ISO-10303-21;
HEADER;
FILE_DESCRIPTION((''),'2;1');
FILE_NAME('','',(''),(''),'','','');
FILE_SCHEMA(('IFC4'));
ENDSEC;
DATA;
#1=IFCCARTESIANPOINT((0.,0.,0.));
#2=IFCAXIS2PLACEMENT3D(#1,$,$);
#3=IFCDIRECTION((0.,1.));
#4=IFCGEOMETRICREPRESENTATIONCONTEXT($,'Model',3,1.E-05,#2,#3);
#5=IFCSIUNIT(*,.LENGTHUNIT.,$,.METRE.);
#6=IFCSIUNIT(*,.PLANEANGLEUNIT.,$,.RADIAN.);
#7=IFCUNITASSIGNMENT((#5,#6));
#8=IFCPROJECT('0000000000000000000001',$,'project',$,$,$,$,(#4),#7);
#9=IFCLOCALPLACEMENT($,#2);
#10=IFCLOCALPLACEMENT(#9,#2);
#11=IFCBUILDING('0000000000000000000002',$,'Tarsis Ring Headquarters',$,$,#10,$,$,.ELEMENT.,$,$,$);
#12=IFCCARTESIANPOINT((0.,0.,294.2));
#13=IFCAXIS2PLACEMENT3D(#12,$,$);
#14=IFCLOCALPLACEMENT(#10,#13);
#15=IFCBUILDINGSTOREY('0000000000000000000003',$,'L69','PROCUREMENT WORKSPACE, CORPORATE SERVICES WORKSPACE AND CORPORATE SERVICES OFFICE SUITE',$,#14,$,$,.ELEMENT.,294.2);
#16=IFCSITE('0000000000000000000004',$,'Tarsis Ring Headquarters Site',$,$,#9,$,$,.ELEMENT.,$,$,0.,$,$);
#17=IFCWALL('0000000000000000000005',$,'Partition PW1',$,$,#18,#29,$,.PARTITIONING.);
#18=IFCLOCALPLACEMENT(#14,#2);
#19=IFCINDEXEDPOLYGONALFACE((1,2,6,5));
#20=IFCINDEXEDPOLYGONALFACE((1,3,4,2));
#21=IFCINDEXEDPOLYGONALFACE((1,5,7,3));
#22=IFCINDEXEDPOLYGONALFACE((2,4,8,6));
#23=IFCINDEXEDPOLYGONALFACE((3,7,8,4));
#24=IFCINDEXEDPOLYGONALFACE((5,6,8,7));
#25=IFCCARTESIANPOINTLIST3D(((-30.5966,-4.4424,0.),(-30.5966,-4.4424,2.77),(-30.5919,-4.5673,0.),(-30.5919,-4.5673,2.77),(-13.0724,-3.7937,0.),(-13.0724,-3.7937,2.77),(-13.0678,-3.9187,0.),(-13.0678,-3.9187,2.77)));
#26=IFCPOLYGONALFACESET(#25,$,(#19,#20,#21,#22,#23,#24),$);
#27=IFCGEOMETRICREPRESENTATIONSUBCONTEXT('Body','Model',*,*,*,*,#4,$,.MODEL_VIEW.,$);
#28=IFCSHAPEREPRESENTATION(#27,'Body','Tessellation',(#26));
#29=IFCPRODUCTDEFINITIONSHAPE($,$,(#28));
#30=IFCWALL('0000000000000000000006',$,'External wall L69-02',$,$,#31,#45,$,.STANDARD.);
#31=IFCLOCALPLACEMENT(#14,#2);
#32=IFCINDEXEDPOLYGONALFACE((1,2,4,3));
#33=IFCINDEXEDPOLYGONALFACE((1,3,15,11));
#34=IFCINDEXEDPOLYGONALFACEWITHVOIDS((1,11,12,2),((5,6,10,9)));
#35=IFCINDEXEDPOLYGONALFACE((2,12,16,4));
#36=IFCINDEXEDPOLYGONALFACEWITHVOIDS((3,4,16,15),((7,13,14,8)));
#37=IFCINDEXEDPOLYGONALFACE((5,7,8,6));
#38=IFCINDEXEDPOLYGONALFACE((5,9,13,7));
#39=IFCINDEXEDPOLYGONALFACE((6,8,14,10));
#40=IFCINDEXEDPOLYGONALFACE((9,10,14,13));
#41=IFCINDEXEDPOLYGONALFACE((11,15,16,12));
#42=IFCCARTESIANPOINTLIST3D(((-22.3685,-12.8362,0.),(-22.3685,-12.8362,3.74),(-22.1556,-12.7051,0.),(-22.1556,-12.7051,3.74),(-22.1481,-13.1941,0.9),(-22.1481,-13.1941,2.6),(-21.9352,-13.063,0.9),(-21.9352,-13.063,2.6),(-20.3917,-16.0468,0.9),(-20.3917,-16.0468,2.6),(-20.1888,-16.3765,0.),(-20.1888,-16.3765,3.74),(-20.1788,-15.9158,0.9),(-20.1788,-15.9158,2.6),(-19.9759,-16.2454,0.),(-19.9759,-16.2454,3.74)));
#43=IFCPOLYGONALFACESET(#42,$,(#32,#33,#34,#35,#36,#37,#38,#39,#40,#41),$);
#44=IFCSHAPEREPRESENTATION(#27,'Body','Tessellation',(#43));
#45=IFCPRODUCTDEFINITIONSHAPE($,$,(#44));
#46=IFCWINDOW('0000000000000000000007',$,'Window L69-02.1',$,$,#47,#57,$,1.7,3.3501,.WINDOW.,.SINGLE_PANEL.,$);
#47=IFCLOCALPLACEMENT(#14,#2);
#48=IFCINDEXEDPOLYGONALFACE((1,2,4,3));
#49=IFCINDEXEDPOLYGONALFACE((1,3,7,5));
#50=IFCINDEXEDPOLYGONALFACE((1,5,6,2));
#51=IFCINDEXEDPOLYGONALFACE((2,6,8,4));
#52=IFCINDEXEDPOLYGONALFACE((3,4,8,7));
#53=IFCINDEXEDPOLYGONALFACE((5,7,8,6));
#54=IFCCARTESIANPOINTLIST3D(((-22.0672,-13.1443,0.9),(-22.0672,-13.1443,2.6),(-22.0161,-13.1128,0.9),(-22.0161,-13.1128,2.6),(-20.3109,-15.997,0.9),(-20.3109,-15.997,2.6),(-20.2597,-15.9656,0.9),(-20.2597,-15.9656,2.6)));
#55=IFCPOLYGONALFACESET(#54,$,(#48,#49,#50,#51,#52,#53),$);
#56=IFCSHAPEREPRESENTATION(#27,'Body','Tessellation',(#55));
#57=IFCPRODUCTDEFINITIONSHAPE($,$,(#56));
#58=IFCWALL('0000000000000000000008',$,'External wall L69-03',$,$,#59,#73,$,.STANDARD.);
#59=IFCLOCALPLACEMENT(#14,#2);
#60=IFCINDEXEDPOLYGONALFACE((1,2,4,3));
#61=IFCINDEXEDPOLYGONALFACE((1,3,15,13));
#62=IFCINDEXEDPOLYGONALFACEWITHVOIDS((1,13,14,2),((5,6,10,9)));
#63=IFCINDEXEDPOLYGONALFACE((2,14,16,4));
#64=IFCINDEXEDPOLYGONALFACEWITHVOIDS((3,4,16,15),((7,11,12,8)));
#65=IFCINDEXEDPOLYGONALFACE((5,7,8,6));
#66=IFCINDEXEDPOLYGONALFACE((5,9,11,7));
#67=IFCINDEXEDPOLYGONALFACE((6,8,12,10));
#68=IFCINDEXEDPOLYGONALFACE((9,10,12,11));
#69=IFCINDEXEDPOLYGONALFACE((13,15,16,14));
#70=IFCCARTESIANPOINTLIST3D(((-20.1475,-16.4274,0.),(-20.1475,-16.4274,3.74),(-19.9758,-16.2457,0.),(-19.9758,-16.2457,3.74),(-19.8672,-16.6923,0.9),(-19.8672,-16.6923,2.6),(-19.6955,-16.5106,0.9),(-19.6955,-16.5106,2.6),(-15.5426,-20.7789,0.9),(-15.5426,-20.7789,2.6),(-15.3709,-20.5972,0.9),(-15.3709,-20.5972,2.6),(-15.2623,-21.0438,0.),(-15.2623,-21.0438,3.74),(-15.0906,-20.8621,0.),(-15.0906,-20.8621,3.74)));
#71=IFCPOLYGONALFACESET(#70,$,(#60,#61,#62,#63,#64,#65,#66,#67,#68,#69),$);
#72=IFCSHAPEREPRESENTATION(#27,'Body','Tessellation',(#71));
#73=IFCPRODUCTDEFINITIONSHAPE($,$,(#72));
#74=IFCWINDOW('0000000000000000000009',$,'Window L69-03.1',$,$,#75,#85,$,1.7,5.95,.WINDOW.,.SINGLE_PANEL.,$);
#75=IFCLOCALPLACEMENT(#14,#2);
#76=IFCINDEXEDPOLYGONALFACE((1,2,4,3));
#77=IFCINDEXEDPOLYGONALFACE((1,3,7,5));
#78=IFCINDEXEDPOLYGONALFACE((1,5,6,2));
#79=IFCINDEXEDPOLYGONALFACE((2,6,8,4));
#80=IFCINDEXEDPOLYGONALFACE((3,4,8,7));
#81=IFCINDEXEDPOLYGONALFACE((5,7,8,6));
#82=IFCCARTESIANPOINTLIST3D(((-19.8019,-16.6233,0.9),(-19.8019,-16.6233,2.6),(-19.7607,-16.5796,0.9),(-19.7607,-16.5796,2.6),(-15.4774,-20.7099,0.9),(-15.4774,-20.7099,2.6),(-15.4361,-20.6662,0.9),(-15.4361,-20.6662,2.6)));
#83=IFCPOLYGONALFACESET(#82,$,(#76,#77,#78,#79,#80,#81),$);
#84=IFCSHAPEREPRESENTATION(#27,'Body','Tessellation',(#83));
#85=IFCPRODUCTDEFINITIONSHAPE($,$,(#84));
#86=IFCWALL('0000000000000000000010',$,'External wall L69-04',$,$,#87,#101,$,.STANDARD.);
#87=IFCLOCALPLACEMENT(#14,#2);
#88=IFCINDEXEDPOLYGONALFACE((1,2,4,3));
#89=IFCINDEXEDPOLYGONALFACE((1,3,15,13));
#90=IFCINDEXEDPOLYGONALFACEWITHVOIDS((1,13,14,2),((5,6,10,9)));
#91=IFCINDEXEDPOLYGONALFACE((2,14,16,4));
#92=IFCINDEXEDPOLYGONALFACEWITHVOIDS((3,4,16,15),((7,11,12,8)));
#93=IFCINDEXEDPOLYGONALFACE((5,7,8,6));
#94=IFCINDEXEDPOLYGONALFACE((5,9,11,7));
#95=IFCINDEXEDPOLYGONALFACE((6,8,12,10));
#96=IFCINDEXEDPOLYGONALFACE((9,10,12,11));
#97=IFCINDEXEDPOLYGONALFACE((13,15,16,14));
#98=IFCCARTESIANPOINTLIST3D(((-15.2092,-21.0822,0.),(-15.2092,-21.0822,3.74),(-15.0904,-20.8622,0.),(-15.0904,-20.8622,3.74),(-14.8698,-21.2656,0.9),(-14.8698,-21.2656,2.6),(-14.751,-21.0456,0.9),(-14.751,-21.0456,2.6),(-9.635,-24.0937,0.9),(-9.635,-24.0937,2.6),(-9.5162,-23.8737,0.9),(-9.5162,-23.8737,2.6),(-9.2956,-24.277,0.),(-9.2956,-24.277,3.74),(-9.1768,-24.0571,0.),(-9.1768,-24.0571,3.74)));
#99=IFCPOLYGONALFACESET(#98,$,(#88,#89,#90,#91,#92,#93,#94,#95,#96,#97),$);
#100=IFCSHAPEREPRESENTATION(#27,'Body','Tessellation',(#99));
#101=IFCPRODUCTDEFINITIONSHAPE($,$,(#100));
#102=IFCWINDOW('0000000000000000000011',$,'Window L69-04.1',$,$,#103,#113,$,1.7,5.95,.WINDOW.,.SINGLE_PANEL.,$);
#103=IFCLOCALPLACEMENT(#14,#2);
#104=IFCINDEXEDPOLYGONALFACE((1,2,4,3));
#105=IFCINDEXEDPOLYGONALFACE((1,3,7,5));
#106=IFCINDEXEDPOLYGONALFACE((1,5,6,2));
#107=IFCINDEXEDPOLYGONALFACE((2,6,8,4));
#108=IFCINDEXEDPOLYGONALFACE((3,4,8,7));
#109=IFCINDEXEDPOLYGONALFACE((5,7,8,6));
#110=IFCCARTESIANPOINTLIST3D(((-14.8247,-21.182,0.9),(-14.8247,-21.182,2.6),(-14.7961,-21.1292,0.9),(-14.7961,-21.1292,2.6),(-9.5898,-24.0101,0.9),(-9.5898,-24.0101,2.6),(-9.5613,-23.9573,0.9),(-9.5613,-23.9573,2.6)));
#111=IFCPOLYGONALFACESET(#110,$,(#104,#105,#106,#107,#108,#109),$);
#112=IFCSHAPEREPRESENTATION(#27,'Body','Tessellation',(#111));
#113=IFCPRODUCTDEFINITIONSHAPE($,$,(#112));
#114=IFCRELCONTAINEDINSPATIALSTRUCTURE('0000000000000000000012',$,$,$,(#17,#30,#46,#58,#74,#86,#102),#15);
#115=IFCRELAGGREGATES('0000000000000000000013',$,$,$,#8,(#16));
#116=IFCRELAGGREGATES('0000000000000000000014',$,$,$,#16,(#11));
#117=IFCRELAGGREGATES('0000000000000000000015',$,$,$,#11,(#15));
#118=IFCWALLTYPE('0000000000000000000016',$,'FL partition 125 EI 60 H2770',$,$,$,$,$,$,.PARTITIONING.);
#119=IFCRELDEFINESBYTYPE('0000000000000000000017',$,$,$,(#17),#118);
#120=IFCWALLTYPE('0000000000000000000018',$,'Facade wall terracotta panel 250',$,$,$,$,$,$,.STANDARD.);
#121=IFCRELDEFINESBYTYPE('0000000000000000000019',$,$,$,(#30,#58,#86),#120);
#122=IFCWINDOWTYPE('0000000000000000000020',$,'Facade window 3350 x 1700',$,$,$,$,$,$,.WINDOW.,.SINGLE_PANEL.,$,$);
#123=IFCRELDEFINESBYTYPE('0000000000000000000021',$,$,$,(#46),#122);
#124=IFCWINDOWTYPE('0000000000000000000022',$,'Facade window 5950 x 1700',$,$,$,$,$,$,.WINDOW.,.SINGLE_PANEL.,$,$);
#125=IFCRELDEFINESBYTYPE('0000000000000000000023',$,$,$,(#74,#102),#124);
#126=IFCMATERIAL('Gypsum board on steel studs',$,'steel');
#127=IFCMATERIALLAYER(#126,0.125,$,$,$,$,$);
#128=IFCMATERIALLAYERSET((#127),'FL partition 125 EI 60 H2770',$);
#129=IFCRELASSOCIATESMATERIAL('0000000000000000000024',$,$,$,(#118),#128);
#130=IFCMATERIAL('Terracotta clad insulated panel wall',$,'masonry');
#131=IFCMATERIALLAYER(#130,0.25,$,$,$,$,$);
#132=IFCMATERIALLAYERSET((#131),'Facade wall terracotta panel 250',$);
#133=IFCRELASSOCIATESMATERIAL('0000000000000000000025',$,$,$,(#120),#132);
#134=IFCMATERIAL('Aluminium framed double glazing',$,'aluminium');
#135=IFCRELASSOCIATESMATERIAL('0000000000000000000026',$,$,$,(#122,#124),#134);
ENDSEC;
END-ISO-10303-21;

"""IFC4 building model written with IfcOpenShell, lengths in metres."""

from ifc_helpers import new_model, si_unit, direction, frame, frame_2d, origin, place, context, subcontext, project, spatial, rectangle, extrude, material, layer, layer_set, type_object, element, fill, save


model = new_model("IFC4")

# Units and contexts
model_context = context("Model", 3, precision=1e-05, world=origin(), true_north=direction((0.0, 1.0)))
body_context = subcontext(model_context, "Body", "Model", "MODEL_VIEW")
ifc_project = project(units=[si_unit("LENGTHUNIT", "METRE"), si_unit("PLANEANGLEUNIT", "RADIAN")], contexts=[model_context])

# Site, building, storey
site_placement = place(None, origin())
site = spatial("IfcSite", under=ifc_project, at=site_placement, Name="Tarsis Ring Headquarters Site", CompositionType="ELEMENT", RefElevation=0.0)
building_placement = place(site_placement, origin())
building = spatial("IfcBuilding", under=site, at=building_placement, Name="Tarsis Ring Headquarters", CompositionType="ELEMENT")
storey_placement = place(building_placement, frame((0.0, 0.0, 294.2)))
storey = spatial("IfcBuildingStorey", under=building, at=storey_placement, Name="L69", Description="PROCUREMENT WORKSPACE, CORPORATE SERVICES WORKSPACE AND CORPORATE SERVICES OFFICE SUITE", CompositionType="ELEMENT", Elevation=294.2)

# Wall
ifc_material_1 = material(Name="Gypsum board on steel studs", Category="steel")
ifc_layer_1 = layer(ifc_material_1, 0.125)
ifc_layer_set_1 = layer_set([ifc_layer_1], Name="FL partition 125 EI 60 H2770")
wall_type_1 = type_object("IfcWallType", Name="FL partition 125 EI 60 H2770", PredefinedType="PARTITIONING", material=ifc_layer_set_1)
wall_1_placement = place(storey_placement, frame((-30.5942, -4.5049, 0.0), z_axis=(0.0, 0.0, 1.0), x_axis=(0.999316, 0.036991, 0.0)))
element("IfcWall", 1, at=wall_1_placement, inside=storey, type_object=wall_type_1, Name="Partition PW1", PredefinedType="PARTITIONING", context=body_context, shape_type="SweptSolid", body=[
    extrude(rectangle(XDim=17.5361, YDim=0.125, at=frame_2d((8.7681, 0.0))), origin(), (0.0, 0.0, 1.0), 2.77),
])

# Walls, openings, windows
ifc_material_2 = material(Name="Terracotta clad insulated panel wall", Category="masonry")
ifc_layer_2 = layer(ifc_material_2, 0.25)
ifc_layer_set_2 = layer_set([ifc_layer_2], Name="Facade wall terracotta panel 250")
wall_type_2 = type_object("IfcWallType", Name="Facade wall terracotta panel 250", PredefinedType="STANDARD", material=ifc_layer_set_2)
wall_2_placement = place(storey_placement, frame((-22.262, -12.7708, 0.0), z_axis=(0.0, 0.0, 1.0), x_axis=(0.524281, -0.851545, 0.0)))
wall_2 = element("IfcWall", 2, at=wall_2_placement, inside=storey, type_object=wall_type_2, Name="External wall L69-02", PredefinedType="STANDARD", context=body_context, shape_type="SweptSolid", body=[
    extrude(rectangle(XDim=4.1575, YDim=0.25, at=frame_2d((2.0786, 0.0))), origin(), (0.0, 0.0, 1.0), 3.74),
])
opening_1_placement = place(wall_2_placement, frame((0.4202, 0.0, 0.8999)))
opening_1 = element("IfcOpeningElement", 3, at=opening_1_placement, cuts=wall_2, PredefinedType="OPENING", context=body_context, shape_type="SweptSolid", body=[
    extrude(rectangle(XDim=3.3501, YDim=1.7, at=frame_2d((1.675, 0.8501))), frame((0.0, 0.135, 0.0), z_axis=(0.0, -1.0, 0.0), x_axis=(1.0, 0.0, 0.0)), (0.0, 0.0, 1.0), 0.27),
])
ifc_material_3 = material(Name="Aluminium framed double glazing", Category="aluminium")
window_type_1 = type_object("IfcWindowType", Name="Facade window 3350 x 1700", PartitioningType="SINGLE_PANEL", PredefinedType="WINDOW", material=ifc_material_3)
window_1_placement = place(opening_1_placement, origin())
window_1 = element("IfcWindow", 4, at=window_1_placement, inside=storey, type_object=window_type_1, Name="Window L69-02.1", OverallHeight=1.7, OverallWidth=3.3501, PartitioningType="SINGLE_PANEL", PredefinedType="WINDOW", context=body_context, shape_type="SweptSolid", body=[
    extrude(rectangle(XDim=3.3501, YDim=1.7, at=frame_2d((1.675, 0.8501))), frame((0.0, 0.03, 0.0), z_axis=(0.0, -1.0, 0.0), x_axis=(1.0, 0.0, 0.0)), (0.0, 0.0, 1.0), 0.0601),
])
fill(opening_1, window_1)
wall_3_placement = place(storey_placement, frame((-20.0618, -16.3364, 0.0), z_axis=(0.0, 0.0, 1.0), x_axis=(0.72682, -0.686828, 0.0)))
wall_3 = element("IfcWall", 5, at=wall_3_placement, inside=storey, type_object=wall_type_2, Name="External wall L69-03", PredefinedType="STANDARD", context=body_context, shape_type="SweptSolid", body=[
    extrude(rectangle(XDim=6.7214, YDim=0.25, at=frame_2d((3.3608, 0.0))), origin(), (0.0, 0.0, 1.0), 3.74),
])
opening_2_placement = place(wall_3_placement, frame((0.3857, 0.0, 0.8999)))
opening_2 = element("IfcOpeningElement", 6, at=opening_2_placement, cuts=wall_3, PredefinedType="OPENING", context=body_context, shape_type="SweptSolid", body=[
    extrude(rectangle(XDim=5.95, YDim=1.7, at=frame_2d((2.9751, 0.8501))), frame((0.0, 0.135, 0.0), z_axis=(0.0, -1.0, 0.0), x_axis=(1.0, 0.0, 0.0)), (0.0, 0.0, 1.0), 0.27),
])
window_type_2 = type_object("IfcWindowType", Name="Facade window 5950 x 1700", PartitioningType="SINGLE_PANEL", PredefinedType="WINDOW", material=ifc_material_3)
window_2_placement = place(opening_2_placement, origin())
window_2 = element("IfcWindow", 7, at=window_2_placement, inside=storey, type_object=window_type_2, Name="Window L69-03.1", OverallHeight=1.7, OverallWidth=5.95, PartitioningType="SINGLE_PANEL", PredefinedType="WINDOW", context=body_context, shape_type="SweptSolid", body=[
    extrude(rectangle(XDim=5.95, YDim=1.7, at=frame_2d((2.9751, 0.8501))), frame((0.0, 0.03, 0.0), z_axis=(0.0, -1.0, 0.0), x_axis=(1.0, 0.0, 0.0)), (0.0, 0.0, 1.0), 0.0601),
])
fill(opening_2, window_2)
wall_4_placement = place(storey_placement, frame((-15.1499, -20.9722, 0.0), z_axis=(0.0, 0.0, 1.0), x_axis=(0.879812, -0.475321, 0.0)))
wall_4 = element("IfcWall", 8, at=wall_4_placement, inside=storey, type_object=wall_type_2, Name="External wall L69-04", PredefinedType="STANDARD", context=body_context, shape_type="SweptSolid", body=[
    extrude(rectangle(XDim=6.7214, YDim=0.25, at=frame_2d((3.3608, 0.0))), origin(), (0.0, 0.0, 1.0), 3.74),
])
opening_3_placement = place(wall_4_placement, frame((0.3857, 0.0, 0.8999)))
opening_3 = element("IfcOpeningElement", 9, at=opening_3_placement, cuts=wall_4, PredefinedType="OPENING", context=body_context, shape_type="SweptSolid", body=[
    extrude(rectangle(XDim=5.95, YDim=1.7, at=frame_2d((2.9751, 0.8501))), frame((0.0, 0.135, 0.0), z_axis=(0.0, -1.0, 0.0), x_axis=(1.0, 0.0, 0.0)), (0.0, 0.0, 1.0), 0.27),
])
window_3_placement = place(opening_3_placement, origin())
window_3 = element("IfcWindow", 10, at=window_3_placement, inside=storey, type_object=window_type_2, Name="Window L69-04.1", OverallHeight=1.7, OverallWidth=5.95, PartitioningType="SINGLE_PANEL", PredefinedType="WINDOW", context=body_context, shape_type="SweptSolid", body=[
    extrude(rectangle(XDim=5.95, YDim=1.7, at=frame_2d((2.9751, 0.8501))), frame((0.0, 0.03, 0.0), z_axis=(0.0, -1.0, 0.0), x_axis=(1.0, 0.0, 0.0)), (0.0, 0.0, 1.0), 0.0601),
])
fill(opening_3, window_3)

save(model, "model.ifc")
